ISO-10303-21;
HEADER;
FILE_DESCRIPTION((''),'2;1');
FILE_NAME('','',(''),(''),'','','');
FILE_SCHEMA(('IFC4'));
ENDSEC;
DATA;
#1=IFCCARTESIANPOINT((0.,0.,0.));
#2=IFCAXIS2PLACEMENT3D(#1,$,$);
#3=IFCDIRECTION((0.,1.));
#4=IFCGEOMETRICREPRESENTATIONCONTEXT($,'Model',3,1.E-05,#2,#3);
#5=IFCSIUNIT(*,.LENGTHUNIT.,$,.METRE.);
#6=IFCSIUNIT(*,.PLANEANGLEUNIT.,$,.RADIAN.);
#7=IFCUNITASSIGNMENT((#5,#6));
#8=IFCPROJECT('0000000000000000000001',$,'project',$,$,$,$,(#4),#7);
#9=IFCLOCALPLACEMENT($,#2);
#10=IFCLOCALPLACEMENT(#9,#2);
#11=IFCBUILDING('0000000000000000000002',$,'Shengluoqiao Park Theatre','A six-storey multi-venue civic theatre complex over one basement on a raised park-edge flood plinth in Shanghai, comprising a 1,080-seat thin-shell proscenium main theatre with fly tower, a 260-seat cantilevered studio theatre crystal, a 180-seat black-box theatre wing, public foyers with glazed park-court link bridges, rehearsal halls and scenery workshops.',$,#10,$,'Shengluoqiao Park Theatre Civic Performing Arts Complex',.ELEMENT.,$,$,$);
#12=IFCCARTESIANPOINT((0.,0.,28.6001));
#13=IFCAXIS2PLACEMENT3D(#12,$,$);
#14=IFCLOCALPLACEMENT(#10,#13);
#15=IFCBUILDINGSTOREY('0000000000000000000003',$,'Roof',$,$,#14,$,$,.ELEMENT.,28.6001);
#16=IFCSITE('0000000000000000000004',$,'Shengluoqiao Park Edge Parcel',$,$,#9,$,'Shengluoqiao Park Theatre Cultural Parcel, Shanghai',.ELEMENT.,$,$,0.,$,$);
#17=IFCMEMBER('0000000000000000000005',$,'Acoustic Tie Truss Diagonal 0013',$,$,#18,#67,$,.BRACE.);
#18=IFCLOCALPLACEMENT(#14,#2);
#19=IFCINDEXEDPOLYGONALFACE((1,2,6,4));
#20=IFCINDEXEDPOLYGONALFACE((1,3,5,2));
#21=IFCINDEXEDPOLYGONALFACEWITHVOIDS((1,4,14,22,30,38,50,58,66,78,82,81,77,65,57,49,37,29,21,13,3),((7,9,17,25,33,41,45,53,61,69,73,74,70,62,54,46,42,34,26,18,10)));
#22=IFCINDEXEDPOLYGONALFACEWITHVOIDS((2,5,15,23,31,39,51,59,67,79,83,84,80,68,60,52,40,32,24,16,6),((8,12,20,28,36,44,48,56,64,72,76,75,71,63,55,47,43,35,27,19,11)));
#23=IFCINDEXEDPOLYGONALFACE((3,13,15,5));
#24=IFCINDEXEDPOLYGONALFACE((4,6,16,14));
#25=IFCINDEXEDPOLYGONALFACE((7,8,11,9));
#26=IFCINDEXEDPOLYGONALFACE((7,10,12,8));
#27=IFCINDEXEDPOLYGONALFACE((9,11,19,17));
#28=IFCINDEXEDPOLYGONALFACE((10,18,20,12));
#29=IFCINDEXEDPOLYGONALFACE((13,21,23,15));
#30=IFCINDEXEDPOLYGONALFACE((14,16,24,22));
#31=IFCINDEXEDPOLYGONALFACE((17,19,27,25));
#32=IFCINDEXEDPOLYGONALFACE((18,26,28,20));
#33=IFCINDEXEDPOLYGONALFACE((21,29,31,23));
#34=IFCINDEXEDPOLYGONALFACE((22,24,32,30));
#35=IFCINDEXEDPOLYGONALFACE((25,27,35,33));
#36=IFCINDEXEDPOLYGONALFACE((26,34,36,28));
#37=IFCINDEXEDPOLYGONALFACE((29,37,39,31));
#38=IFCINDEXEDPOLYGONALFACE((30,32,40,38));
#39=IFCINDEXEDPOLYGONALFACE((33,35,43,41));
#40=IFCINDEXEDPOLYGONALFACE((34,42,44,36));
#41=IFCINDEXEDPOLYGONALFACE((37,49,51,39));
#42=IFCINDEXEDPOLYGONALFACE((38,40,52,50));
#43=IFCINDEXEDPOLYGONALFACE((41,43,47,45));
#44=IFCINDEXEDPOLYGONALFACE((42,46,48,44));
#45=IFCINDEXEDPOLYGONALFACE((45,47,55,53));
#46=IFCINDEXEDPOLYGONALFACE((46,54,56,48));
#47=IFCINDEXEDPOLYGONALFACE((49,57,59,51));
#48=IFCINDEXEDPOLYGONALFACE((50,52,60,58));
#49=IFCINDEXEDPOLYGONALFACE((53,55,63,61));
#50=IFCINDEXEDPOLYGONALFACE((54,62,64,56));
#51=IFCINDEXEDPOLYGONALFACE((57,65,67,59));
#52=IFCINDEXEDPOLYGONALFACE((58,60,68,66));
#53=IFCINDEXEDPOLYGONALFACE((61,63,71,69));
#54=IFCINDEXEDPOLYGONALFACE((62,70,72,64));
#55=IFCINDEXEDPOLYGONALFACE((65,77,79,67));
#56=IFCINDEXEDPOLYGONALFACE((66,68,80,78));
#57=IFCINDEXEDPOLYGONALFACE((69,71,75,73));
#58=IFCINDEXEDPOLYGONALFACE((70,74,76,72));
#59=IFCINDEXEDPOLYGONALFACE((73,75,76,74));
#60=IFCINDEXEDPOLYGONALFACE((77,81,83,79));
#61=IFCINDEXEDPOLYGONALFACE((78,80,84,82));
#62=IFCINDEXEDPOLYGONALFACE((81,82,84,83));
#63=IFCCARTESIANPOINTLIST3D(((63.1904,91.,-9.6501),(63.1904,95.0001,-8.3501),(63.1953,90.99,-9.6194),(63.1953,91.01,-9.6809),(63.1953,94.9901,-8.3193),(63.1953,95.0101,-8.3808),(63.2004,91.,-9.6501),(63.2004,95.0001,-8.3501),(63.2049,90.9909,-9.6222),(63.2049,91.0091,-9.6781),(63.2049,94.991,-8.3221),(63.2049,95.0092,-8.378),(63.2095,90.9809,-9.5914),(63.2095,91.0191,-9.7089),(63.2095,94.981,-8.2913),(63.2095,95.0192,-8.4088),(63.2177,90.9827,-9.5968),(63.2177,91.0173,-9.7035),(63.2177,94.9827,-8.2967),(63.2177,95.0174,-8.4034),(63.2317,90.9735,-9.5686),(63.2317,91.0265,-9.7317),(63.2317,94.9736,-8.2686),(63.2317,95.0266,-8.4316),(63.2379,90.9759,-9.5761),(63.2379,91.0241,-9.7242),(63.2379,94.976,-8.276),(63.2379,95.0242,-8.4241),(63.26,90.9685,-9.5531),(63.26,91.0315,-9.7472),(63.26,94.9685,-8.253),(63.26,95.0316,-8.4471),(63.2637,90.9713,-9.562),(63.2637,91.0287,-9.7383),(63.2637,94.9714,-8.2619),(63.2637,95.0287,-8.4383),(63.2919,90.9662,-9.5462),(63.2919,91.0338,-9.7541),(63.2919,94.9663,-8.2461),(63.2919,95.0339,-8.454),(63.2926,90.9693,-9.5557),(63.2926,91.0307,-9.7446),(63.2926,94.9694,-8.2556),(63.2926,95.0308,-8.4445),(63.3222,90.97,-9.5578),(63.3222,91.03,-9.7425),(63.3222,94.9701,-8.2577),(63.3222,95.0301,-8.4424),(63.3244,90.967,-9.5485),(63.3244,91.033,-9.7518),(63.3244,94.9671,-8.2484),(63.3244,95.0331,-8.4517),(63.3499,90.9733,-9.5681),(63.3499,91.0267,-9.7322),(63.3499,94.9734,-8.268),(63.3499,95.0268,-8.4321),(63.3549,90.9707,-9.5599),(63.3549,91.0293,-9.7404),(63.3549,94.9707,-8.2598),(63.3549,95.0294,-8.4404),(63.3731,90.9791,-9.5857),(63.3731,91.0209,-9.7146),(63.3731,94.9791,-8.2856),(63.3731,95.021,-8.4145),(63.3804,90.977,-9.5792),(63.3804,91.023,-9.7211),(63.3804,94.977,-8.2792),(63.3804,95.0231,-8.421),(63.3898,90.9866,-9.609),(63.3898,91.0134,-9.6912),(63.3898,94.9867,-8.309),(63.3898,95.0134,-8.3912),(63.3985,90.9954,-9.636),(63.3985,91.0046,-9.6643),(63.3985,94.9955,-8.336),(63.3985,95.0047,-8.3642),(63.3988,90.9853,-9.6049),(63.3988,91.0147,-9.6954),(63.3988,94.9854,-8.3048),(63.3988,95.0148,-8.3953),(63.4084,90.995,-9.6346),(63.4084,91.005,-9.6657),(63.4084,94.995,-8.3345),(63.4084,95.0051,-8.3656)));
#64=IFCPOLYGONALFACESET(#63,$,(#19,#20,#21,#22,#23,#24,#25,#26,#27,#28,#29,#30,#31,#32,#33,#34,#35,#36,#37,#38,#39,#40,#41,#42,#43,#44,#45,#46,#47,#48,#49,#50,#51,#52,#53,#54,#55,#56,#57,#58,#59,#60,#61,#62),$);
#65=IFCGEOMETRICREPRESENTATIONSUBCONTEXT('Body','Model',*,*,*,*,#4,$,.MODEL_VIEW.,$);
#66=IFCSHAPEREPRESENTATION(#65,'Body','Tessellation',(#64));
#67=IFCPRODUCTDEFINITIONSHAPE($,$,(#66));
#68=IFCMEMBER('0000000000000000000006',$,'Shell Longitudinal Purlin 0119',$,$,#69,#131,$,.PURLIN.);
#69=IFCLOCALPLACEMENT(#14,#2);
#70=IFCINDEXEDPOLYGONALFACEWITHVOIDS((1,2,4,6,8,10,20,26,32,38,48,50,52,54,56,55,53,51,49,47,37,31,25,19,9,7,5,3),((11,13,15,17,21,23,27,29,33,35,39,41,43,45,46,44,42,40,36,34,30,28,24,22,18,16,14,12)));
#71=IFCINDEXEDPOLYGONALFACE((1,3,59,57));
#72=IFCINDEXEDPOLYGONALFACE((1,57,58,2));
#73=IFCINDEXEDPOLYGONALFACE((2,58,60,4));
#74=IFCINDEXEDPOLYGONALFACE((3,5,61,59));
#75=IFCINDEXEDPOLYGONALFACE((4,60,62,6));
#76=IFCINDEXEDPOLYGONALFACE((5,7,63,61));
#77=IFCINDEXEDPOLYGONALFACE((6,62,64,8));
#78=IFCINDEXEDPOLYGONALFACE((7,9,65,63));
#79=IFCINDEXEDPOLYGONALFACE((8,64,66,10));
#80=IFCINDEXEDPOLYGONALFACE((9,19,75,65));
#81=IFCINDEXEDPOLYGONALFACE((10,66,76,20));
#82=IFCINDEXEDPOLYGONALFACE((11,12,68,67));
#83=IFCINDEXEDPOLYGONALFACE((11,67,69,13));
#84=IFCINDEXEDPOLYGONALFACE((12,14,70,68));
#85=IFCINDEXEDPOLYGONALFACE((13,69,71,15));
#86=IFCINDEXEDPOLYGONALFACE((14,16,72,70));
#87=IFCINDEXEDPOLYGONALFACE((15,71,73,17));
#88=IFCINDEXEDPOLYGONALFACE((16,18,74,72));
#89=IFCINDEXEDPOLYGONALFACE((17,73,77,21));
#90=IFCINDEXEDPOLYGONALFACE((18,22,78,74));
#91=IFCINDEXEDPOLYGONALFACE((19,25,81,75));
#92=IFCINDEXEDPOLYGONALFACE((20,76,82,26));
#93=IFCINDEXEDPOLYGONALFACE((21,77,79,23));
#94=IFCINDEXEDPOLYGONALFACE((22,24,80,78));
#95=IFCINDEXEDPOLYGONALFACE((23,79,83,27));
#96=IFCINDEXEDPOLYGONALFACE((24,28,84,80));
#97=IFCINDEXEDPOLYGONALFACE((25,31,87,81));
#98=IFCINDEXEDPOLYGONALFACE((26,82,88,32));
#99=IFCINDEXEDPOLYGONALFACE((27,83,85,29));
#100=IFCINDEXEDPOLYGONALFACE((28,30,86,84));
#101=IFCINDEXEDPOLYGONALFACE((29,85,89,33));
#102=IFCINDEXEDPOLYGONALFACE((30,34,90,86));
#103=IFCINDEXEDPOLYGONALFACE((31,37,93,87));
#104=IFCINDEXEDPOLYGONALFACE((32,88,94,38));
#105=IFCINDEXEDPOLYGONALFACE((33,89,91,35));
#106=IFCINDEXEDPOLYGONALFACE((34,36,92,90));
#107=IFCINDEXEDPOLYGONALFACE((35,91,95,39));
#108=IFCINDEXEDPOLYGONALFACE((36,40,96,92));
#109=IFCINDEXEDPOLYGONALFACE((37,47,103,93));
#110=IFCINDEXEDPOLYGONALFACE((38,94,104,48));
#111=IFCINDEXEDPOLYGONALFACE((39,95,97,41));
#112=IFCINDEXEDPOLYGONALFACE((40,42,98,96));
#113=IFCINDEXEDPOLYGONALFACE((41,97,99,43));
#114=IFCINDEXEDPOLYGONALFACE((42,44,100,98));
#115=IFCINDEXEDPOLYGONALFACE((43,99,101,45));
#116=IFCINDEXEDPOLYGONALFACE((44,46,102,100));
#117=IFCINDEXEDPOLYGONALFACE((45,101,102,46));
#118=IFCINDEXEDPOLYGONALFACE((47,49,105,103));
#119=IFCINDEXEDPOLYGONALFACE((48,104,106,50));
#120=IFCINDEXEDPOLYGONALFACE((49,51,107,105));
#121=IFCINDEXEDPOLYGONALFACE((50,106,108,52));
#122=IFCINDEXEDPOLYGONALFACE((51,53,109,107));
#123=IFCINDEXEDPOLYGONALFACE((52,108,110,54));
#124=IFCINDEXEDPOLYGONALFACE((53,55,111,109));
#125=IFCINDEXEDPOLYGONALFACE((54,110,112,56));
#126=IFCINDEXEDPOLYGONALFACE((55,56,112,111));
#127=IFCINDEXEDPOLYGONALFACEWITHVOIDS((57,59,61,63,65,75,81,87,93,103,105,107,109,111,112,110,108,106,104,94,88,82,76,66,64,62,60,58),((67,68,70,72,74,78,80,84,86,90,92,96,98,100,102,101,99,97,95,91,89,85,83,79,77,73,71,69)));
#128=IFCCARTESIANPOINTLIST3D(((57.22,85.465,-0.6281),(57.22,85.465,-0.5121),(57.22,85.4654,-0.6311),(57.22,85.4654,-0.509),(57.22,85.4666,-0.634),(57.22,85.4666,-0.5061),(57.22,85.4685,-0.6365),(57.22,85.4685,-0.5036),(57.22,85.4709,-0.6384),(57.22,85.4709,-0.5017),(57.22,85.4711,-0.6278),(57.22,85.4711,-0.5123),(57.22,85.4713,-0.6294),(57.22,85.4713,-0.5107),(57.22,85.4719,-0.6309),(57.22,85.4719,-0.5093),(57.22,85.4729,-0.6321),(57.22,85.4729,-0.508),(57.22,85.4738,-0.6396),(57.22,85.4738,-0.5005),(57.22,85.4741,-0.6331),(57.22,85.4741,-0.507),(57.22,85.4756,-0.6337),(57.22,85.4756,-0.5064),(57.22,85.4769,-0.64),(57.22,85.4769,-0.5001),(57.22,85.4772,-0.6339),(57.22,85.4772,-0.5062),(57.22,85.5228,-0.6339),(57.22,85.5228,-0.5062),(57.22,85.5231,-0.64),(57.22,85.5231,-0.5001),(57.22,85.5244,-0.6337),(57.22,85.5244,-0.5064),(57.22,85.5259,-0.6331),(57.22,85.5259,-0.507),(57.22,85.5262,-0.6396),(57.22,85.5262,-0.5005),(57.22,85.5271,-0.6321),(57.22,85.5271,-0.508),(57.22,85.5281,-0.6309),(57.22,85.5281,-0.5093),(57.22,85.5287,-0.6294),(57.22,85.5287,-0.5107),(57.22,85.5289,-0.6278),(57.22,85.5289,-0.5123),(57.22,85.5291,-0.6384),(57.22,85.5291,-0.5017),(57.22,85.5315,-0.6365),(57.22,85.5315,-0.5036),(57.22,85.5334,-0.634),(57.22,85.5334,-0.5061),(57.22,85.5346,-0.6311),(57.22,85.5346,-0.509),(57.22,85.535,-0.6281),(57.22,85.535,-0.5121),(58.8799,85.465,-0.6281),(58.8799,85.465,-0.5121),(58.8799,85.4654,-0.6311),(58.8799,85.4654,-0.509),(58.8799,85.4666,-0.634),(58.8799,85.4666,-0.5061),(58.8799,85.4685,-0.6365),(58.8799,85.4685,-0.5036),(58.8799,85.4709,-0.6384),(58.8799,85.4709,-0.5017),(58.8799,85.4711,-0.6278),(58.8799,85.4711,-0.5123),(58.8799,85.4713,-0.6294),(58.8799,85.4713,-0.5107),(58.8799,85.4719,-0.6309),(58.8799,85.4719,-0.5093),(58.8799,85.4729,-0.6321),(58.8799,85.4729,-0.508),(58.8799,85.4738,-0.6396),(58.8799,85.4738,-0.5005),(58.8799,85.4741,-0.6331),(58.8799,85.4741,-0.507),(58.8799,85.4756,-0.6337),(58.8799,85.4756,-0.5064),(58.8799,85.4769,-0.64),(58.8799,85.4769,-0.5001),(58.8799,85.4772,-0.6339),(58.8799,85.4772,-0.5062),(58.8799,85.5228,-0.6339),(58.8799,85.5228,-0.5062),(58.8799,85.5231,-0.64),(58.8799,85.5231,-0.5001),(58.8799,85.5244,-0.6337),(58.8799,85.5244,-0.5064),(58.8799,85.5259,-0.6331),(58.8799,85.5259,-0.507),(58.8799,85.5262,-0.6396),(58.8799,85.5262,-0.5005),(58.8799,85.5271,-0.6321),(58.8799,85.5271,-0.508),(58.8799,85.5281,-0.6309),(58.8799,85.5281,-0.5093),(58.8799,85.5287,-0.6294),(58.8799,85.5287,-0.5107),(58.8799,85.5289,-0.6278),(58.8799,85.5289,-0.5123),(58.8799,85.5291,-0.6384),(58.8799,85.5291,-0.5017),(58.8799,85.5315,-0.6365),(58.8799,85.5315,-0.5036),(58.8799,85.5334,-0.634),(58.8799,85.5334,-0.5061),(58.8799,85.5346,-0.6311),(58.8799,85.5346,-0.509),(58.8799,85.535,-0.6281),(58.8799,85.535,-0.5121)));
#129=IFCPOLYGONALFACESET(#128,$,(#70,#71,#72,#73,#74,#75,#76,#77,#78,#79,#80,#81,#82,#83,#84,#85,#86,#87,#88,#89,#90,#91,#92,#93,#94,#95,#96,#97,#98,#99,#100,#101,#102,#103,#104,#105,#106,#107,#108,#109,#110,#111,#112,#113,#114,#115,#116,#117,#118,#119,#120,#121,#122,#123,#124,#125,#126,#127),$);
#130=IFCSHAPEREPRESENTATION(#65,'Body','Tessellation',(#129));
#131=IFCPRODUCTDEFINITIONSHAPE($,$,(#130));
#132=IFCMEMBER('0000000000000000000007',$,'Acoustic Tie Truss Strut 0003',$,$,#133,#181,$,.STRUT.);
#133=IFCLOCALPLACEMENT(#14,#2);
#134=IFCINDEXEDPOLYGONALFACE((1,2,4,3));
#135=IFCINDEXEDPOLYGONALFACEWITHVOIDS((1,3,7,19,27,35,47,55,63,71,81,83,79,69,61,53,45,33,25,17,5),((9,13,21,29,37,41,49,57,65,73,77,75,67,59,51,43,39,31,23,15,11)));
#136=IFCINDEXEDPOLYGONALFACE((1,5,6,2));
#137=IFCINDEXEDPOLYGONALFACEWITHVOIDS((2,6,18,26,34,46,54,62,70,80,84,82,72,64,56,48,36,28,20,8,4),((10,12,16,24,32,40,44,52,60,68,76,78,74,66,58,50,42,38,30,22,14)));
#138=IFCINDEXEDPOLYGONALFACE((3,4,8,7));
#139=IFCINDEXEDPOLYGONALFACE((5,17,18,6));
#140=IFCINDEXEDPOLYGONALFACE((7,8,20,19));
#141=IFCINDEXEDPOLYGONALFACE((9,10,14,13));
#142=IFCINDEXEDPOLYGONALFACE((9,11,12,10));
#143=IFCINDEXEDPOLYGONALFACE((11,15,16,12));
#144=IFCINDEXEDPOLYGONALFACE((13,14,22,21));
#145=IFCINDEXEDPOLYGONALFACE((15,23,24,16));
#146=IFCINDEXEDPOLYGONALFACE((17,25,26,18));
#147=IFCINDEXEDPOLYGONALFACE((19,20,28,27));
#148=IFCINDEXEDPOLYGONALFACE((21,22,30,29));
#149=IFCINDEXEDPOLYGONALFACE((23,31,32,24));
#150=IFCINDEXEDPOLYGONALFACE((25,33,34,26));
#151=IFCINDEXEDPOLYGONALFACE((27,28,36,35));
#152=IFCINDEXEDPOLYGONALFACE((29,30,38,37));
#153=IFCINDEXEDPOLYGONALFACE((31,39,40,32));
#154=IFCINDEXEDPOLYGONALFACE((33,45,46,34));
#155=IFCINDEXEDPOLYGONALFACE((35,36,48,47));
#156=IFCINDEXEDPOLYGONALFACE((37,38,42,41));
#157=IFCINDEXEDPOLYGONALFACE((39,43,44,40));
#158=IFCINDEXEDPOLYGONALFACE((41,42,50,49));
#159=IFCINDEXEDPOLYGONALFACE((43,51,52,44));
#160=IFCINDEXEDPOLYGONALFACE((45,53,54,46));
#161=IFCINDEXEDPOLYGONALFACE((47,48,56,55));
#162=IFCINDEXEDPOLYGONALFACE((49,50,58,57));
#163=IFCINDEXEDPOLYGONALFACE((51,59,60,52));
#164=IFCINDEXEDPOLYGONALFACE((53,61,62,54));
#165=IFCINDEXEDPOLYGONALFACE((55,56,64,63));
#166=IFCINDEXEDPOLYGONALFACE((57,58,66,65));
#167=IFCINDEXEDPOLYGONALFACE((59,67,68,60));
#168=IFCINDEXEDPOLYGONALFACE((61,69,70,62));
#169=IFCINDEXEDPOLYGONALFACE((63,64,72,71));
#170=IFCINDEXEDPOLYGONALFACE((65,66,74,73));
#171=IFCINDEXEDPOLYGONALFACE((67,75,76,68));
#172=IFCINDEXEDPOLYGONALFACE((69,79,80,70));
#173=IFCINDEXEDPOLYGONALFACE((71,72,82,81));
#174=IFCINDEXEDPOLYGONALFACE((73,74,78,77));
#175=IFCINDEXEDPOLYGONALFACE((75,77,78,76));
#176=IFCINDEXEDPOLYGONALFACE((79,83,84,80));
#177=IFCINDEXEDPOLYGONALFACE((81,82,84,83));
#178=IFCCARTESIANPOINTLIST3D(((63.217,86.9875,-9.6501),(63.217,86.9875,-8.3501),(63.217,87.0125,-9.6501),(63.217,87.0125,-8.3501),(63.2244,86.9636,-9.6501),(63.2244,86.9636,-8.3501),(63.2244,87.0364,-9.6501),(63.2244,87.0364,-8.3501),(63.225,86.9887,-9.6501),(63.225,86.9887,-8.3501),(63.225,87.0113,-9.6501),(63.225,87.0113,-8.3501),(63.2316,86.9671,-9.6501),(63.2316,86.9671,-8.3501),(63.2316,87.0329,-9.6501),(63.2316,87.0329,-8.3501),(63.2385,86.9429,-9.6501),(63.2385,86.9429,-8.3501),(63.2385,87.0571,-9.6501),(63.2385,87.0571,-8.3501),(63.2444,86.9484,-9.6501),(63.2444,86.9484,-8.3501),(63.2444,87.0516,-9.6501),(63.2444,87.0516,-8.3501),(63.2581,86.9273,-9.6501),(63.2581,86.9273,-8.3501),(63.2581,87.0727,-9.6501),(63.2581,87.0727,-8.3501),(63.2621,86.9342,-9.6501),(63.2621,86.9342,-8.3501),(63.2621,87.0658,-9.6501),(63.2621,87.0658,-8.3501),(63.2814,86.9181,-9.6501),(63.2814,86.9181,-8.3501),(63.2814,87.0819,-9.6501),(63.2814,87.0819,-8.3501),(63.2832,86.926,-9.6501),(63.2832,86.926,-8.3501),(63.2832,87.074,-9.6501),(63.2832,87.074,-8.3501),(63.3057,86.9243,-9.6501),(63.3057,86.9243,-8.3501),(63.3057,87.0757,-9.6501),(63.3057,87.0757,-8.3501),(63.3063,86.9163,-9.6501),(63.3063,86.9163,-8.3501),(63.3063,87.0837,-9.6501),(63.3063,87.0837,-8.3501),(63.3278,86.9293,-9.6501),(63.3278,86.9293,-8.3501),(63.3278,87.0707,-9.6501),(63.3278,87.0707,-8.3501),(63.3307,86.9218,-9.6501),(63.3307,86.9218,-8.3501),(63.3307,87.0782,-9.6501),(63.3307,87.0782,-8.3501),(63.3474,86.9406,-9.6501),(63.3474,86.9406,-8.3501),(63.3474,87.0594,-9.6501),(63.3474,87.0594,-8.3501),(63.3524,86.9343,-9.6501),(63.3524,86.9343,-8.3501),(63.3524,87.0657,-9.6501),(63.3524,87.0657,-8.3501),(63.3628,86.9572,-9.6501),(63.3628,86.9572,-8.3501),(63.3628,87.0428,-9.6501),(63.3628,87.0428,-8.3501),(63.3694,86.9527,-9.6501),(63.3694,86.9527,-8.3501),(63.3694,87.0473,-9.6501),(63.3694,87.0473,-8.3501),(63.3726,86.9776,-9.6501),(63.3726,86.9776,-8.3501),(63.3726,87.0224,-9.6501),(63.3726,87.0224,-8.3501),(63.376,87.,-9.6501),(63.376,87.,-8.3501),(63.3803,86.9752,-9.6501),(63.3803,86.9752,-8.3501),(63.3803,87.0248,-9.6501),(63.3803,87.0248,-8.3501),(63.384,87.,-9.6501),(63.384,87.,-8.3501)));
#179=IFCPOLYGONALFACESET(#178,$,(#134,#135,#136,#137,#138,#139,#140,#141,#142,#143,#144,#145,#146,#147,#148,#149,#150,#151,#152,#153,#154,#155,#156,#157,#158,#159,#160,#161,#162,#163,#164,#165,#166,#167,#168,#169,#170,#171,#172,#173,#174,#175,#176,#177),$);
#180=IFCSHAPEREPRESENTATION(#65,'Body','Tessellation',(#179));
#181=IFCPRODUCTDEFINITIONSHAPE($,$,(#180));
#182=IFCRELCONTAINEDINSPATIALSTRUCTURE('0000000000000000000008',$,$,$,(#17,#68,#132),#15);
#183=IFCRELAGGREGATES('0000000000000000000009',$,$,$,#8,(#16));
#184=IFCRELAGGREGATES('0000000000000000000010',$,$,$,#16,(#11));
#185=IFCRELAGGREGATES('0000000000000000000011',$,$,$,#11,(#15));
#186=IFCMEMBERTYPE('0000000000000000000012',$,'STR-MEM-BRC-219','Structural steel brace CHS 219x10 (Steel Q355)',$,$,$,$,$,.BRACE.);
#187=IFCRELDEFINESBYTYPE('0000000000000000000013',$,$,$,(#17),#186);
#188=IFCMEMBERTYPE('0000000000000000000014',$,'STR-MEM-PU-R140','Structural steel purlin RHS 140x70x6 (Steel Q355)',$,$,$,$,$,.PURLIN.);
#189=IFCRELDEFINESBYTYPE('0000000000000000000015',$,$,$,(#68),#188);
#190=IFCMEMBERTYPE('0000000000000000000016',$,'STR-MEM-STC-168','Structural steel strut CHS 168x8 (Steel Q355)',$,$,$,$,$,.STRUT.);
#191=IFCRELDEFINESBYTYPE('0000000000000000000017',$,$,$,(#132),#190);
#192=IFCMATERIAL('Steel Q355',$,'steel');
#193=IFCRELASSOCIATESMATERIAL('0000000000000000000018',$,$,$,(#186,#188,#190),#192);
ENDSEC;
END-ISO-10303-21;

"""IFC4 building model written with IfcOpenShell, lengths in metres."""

from ifc_helpers import new_model, si_unit, direction, frame, origin, origin_2d, place, context, subcontext, project, spatial, hollow_rectangle, hollow_circle, extrude, material, material_profile, profile_set, type_object, element, save


model = new_model("IFC4")

# Units and contexts
model_context = context("Model", 3, precision=1e-05, world=origin(), true_north=direction((0.0, 1.0)))
body_context = subcontext(model_context, "Body", "Model", "MODEL_VIEW")
ifc_project = project(units=[si_unit("LENGTHUNIT", "METRE"), si_unit("PLANEANGLEUNIT", "RADIAN")], contexts=[model_context])

# Site, building, storey
site_placement = place(None, origin())
site = spatial("IfcSite", under=ifc_project, at=site_placement, Name="Shengluoqiao Park Edge Parcel", LongName="Shengluoqiao Park Theatre Cultural Parcel, Shanghai", CompositionType="ELEMENT", RefElevation=0.0)
building_placement = place(site_placement, origin())
building = spatial("IfcBuilding", under=site, at=building_placement, Name="Shengluoqiao Park Theatre", Description="A six-storey multi-venue civic theatre complex over one basement on a raised park-edge flood plinth in Shanghai, comprising a 1,080-seat thin-shell proscenium main theatre with fly tower, a 260-seat cantilevered studio theatre crystal, a 180-seat black-box theatre wing, public foyers with glazed park-court link bridges, rehearsal halls and scenery workshops.", LongName="Shengluoqiao Park Theatre Civic Performing Arts Complex", CompositionType="ELEMENT")
storey_placement = place(building_placement, frame((0.0, 0.0, 28.6001)))
storey = spatial("IfcBuildingStorey", under=building, at=storey_placement, Name="Roof", CompositionType="ELEMENT", Elevation=28.6001)

# Shared definitions
ifc_material_1 = material(Name="Steel Q355", Category="steel")

# Members
ifc_material_profile_1 = material_profile(ifc_material_1, hollow_circle(Radius=0.1096, WallThickness=0.01, at=origin_2d()), Name="CHS 219x10")
ifc_profile_set_1 = profile_set([ifc_material_profile_1], Name="Steel Q355")
member_type_1 = type_object("IfcMemberType", Name="STR-MEM-BRC-219", Description="Structural steel brace CHS 219x10 (Steel Q355)", PredefinedType="BRACE", material=ifc_profile_set_1)
for number, where, z_axis, x_axis, name in (
    (1, (63.3, 91.0, -9.6501), (0.0, 0.951031, 0.309097), (-1.0, 0.0, 0.0), "Acoustic Tie Truss Diagonal 0013"),
):
    element("IfcMember", number, at=place(storey_placement, frame(where, z_axis=z_axis, x_axis=x_axis)), inside=storey, type_object=member_type_1, Name=name, PredefinedType="BRACE", context=body_context, shape_type="SweptSolid", body=[
        extrude(hollow_circle(Radius=0.1096, WallThickness=0.01, at=origin_2d()), origin(), (0.0, 0.0, 1.0), 4.2061),
    ])
ifc_material_profile_2 = material_profile(ifc_material_1, hollow_rectangle(XDim=0.0701, YDim=0.1399, WallThickness=0.0061, InnerFilletRadius=0.0061, OuterFilletRadius=0.012, at=origin_2d()), Name="RHS 140x70x6")
ifc_profile_set_2 = profile_set([ifc_material_profile_2], Name="Steel Q355")
member_type_2 = type_object("IfcMemberType", Name="STR-MEM-PU-R140", Description="Structural steel purlin RHS 140x70x6 (Steel Q355)", PredefinedType="PURLIN", material=ifc_profile_set_2)
member_placement = place(storey_placement, frame((57.22, 85.5, -0.5701), z_axis=(1.0, 0.0, 0.0), x_axis=(0.0, 1.0, 0.0)))
element("IfcMember", 2, at=member_placement, inside=storey, type_object=member_type_2, Name="Shell Longitudinal Purlin 0119", PredefinedType="PURLIN", context=body_context, shape_type="SweptSolid", body=[
    extrude(hollow_rectangle(XDim=0.0701, YDim=0.1399, WallThickness=0.0061, InnerFilletRadius=0.0061, OuterFilletRadius=0.012, at=origin_2d()), origin(), (0.0, 0.0, 1.0), 1.6599),
])
ifc_material_profile_3 = material_profile(ifc_material_1, hollow_circle(Radius=0.084, WallThickness=0.0081, at=origin_2d()), Name="CHS 168x8")
ifc_profile_set_3 = profile_set([ifc_material_profile_3], Name="Steel Q355")
member_type_3 = type_object("IfcMemberType", Name="STR-MEM-STC-168", Description="Structural steel strut CHS 168x8 (Steel Q355)", PredefinedType="STRUT", material=ifc_profile_set_3)
for number, where, z_axis, x_axis, name in (
    (3, (63.3, 87.0, -9.6501), (0.0, 0.0, 1.0), (1.0, 0.0, 0.0), "Acoustic Tie Truss Strut 0003"),
):
    element("IfcMember", number, at=place(storey_placement, frame(where, z_axis=z_axis, x_axis=x_axis)), inside=storey, type_object=member_type_3, Name=name, PredefinedType="STRUT", context=body_context, shape_type="SweptSolid", body=[
        extrude(hollow_circle(Radius=0.084, WallThickness=0.0081, at=origin_2d()), origin(), (0.0, 0.0, 1.0), 1.3),
    ])

save(model, "model.ifc")
